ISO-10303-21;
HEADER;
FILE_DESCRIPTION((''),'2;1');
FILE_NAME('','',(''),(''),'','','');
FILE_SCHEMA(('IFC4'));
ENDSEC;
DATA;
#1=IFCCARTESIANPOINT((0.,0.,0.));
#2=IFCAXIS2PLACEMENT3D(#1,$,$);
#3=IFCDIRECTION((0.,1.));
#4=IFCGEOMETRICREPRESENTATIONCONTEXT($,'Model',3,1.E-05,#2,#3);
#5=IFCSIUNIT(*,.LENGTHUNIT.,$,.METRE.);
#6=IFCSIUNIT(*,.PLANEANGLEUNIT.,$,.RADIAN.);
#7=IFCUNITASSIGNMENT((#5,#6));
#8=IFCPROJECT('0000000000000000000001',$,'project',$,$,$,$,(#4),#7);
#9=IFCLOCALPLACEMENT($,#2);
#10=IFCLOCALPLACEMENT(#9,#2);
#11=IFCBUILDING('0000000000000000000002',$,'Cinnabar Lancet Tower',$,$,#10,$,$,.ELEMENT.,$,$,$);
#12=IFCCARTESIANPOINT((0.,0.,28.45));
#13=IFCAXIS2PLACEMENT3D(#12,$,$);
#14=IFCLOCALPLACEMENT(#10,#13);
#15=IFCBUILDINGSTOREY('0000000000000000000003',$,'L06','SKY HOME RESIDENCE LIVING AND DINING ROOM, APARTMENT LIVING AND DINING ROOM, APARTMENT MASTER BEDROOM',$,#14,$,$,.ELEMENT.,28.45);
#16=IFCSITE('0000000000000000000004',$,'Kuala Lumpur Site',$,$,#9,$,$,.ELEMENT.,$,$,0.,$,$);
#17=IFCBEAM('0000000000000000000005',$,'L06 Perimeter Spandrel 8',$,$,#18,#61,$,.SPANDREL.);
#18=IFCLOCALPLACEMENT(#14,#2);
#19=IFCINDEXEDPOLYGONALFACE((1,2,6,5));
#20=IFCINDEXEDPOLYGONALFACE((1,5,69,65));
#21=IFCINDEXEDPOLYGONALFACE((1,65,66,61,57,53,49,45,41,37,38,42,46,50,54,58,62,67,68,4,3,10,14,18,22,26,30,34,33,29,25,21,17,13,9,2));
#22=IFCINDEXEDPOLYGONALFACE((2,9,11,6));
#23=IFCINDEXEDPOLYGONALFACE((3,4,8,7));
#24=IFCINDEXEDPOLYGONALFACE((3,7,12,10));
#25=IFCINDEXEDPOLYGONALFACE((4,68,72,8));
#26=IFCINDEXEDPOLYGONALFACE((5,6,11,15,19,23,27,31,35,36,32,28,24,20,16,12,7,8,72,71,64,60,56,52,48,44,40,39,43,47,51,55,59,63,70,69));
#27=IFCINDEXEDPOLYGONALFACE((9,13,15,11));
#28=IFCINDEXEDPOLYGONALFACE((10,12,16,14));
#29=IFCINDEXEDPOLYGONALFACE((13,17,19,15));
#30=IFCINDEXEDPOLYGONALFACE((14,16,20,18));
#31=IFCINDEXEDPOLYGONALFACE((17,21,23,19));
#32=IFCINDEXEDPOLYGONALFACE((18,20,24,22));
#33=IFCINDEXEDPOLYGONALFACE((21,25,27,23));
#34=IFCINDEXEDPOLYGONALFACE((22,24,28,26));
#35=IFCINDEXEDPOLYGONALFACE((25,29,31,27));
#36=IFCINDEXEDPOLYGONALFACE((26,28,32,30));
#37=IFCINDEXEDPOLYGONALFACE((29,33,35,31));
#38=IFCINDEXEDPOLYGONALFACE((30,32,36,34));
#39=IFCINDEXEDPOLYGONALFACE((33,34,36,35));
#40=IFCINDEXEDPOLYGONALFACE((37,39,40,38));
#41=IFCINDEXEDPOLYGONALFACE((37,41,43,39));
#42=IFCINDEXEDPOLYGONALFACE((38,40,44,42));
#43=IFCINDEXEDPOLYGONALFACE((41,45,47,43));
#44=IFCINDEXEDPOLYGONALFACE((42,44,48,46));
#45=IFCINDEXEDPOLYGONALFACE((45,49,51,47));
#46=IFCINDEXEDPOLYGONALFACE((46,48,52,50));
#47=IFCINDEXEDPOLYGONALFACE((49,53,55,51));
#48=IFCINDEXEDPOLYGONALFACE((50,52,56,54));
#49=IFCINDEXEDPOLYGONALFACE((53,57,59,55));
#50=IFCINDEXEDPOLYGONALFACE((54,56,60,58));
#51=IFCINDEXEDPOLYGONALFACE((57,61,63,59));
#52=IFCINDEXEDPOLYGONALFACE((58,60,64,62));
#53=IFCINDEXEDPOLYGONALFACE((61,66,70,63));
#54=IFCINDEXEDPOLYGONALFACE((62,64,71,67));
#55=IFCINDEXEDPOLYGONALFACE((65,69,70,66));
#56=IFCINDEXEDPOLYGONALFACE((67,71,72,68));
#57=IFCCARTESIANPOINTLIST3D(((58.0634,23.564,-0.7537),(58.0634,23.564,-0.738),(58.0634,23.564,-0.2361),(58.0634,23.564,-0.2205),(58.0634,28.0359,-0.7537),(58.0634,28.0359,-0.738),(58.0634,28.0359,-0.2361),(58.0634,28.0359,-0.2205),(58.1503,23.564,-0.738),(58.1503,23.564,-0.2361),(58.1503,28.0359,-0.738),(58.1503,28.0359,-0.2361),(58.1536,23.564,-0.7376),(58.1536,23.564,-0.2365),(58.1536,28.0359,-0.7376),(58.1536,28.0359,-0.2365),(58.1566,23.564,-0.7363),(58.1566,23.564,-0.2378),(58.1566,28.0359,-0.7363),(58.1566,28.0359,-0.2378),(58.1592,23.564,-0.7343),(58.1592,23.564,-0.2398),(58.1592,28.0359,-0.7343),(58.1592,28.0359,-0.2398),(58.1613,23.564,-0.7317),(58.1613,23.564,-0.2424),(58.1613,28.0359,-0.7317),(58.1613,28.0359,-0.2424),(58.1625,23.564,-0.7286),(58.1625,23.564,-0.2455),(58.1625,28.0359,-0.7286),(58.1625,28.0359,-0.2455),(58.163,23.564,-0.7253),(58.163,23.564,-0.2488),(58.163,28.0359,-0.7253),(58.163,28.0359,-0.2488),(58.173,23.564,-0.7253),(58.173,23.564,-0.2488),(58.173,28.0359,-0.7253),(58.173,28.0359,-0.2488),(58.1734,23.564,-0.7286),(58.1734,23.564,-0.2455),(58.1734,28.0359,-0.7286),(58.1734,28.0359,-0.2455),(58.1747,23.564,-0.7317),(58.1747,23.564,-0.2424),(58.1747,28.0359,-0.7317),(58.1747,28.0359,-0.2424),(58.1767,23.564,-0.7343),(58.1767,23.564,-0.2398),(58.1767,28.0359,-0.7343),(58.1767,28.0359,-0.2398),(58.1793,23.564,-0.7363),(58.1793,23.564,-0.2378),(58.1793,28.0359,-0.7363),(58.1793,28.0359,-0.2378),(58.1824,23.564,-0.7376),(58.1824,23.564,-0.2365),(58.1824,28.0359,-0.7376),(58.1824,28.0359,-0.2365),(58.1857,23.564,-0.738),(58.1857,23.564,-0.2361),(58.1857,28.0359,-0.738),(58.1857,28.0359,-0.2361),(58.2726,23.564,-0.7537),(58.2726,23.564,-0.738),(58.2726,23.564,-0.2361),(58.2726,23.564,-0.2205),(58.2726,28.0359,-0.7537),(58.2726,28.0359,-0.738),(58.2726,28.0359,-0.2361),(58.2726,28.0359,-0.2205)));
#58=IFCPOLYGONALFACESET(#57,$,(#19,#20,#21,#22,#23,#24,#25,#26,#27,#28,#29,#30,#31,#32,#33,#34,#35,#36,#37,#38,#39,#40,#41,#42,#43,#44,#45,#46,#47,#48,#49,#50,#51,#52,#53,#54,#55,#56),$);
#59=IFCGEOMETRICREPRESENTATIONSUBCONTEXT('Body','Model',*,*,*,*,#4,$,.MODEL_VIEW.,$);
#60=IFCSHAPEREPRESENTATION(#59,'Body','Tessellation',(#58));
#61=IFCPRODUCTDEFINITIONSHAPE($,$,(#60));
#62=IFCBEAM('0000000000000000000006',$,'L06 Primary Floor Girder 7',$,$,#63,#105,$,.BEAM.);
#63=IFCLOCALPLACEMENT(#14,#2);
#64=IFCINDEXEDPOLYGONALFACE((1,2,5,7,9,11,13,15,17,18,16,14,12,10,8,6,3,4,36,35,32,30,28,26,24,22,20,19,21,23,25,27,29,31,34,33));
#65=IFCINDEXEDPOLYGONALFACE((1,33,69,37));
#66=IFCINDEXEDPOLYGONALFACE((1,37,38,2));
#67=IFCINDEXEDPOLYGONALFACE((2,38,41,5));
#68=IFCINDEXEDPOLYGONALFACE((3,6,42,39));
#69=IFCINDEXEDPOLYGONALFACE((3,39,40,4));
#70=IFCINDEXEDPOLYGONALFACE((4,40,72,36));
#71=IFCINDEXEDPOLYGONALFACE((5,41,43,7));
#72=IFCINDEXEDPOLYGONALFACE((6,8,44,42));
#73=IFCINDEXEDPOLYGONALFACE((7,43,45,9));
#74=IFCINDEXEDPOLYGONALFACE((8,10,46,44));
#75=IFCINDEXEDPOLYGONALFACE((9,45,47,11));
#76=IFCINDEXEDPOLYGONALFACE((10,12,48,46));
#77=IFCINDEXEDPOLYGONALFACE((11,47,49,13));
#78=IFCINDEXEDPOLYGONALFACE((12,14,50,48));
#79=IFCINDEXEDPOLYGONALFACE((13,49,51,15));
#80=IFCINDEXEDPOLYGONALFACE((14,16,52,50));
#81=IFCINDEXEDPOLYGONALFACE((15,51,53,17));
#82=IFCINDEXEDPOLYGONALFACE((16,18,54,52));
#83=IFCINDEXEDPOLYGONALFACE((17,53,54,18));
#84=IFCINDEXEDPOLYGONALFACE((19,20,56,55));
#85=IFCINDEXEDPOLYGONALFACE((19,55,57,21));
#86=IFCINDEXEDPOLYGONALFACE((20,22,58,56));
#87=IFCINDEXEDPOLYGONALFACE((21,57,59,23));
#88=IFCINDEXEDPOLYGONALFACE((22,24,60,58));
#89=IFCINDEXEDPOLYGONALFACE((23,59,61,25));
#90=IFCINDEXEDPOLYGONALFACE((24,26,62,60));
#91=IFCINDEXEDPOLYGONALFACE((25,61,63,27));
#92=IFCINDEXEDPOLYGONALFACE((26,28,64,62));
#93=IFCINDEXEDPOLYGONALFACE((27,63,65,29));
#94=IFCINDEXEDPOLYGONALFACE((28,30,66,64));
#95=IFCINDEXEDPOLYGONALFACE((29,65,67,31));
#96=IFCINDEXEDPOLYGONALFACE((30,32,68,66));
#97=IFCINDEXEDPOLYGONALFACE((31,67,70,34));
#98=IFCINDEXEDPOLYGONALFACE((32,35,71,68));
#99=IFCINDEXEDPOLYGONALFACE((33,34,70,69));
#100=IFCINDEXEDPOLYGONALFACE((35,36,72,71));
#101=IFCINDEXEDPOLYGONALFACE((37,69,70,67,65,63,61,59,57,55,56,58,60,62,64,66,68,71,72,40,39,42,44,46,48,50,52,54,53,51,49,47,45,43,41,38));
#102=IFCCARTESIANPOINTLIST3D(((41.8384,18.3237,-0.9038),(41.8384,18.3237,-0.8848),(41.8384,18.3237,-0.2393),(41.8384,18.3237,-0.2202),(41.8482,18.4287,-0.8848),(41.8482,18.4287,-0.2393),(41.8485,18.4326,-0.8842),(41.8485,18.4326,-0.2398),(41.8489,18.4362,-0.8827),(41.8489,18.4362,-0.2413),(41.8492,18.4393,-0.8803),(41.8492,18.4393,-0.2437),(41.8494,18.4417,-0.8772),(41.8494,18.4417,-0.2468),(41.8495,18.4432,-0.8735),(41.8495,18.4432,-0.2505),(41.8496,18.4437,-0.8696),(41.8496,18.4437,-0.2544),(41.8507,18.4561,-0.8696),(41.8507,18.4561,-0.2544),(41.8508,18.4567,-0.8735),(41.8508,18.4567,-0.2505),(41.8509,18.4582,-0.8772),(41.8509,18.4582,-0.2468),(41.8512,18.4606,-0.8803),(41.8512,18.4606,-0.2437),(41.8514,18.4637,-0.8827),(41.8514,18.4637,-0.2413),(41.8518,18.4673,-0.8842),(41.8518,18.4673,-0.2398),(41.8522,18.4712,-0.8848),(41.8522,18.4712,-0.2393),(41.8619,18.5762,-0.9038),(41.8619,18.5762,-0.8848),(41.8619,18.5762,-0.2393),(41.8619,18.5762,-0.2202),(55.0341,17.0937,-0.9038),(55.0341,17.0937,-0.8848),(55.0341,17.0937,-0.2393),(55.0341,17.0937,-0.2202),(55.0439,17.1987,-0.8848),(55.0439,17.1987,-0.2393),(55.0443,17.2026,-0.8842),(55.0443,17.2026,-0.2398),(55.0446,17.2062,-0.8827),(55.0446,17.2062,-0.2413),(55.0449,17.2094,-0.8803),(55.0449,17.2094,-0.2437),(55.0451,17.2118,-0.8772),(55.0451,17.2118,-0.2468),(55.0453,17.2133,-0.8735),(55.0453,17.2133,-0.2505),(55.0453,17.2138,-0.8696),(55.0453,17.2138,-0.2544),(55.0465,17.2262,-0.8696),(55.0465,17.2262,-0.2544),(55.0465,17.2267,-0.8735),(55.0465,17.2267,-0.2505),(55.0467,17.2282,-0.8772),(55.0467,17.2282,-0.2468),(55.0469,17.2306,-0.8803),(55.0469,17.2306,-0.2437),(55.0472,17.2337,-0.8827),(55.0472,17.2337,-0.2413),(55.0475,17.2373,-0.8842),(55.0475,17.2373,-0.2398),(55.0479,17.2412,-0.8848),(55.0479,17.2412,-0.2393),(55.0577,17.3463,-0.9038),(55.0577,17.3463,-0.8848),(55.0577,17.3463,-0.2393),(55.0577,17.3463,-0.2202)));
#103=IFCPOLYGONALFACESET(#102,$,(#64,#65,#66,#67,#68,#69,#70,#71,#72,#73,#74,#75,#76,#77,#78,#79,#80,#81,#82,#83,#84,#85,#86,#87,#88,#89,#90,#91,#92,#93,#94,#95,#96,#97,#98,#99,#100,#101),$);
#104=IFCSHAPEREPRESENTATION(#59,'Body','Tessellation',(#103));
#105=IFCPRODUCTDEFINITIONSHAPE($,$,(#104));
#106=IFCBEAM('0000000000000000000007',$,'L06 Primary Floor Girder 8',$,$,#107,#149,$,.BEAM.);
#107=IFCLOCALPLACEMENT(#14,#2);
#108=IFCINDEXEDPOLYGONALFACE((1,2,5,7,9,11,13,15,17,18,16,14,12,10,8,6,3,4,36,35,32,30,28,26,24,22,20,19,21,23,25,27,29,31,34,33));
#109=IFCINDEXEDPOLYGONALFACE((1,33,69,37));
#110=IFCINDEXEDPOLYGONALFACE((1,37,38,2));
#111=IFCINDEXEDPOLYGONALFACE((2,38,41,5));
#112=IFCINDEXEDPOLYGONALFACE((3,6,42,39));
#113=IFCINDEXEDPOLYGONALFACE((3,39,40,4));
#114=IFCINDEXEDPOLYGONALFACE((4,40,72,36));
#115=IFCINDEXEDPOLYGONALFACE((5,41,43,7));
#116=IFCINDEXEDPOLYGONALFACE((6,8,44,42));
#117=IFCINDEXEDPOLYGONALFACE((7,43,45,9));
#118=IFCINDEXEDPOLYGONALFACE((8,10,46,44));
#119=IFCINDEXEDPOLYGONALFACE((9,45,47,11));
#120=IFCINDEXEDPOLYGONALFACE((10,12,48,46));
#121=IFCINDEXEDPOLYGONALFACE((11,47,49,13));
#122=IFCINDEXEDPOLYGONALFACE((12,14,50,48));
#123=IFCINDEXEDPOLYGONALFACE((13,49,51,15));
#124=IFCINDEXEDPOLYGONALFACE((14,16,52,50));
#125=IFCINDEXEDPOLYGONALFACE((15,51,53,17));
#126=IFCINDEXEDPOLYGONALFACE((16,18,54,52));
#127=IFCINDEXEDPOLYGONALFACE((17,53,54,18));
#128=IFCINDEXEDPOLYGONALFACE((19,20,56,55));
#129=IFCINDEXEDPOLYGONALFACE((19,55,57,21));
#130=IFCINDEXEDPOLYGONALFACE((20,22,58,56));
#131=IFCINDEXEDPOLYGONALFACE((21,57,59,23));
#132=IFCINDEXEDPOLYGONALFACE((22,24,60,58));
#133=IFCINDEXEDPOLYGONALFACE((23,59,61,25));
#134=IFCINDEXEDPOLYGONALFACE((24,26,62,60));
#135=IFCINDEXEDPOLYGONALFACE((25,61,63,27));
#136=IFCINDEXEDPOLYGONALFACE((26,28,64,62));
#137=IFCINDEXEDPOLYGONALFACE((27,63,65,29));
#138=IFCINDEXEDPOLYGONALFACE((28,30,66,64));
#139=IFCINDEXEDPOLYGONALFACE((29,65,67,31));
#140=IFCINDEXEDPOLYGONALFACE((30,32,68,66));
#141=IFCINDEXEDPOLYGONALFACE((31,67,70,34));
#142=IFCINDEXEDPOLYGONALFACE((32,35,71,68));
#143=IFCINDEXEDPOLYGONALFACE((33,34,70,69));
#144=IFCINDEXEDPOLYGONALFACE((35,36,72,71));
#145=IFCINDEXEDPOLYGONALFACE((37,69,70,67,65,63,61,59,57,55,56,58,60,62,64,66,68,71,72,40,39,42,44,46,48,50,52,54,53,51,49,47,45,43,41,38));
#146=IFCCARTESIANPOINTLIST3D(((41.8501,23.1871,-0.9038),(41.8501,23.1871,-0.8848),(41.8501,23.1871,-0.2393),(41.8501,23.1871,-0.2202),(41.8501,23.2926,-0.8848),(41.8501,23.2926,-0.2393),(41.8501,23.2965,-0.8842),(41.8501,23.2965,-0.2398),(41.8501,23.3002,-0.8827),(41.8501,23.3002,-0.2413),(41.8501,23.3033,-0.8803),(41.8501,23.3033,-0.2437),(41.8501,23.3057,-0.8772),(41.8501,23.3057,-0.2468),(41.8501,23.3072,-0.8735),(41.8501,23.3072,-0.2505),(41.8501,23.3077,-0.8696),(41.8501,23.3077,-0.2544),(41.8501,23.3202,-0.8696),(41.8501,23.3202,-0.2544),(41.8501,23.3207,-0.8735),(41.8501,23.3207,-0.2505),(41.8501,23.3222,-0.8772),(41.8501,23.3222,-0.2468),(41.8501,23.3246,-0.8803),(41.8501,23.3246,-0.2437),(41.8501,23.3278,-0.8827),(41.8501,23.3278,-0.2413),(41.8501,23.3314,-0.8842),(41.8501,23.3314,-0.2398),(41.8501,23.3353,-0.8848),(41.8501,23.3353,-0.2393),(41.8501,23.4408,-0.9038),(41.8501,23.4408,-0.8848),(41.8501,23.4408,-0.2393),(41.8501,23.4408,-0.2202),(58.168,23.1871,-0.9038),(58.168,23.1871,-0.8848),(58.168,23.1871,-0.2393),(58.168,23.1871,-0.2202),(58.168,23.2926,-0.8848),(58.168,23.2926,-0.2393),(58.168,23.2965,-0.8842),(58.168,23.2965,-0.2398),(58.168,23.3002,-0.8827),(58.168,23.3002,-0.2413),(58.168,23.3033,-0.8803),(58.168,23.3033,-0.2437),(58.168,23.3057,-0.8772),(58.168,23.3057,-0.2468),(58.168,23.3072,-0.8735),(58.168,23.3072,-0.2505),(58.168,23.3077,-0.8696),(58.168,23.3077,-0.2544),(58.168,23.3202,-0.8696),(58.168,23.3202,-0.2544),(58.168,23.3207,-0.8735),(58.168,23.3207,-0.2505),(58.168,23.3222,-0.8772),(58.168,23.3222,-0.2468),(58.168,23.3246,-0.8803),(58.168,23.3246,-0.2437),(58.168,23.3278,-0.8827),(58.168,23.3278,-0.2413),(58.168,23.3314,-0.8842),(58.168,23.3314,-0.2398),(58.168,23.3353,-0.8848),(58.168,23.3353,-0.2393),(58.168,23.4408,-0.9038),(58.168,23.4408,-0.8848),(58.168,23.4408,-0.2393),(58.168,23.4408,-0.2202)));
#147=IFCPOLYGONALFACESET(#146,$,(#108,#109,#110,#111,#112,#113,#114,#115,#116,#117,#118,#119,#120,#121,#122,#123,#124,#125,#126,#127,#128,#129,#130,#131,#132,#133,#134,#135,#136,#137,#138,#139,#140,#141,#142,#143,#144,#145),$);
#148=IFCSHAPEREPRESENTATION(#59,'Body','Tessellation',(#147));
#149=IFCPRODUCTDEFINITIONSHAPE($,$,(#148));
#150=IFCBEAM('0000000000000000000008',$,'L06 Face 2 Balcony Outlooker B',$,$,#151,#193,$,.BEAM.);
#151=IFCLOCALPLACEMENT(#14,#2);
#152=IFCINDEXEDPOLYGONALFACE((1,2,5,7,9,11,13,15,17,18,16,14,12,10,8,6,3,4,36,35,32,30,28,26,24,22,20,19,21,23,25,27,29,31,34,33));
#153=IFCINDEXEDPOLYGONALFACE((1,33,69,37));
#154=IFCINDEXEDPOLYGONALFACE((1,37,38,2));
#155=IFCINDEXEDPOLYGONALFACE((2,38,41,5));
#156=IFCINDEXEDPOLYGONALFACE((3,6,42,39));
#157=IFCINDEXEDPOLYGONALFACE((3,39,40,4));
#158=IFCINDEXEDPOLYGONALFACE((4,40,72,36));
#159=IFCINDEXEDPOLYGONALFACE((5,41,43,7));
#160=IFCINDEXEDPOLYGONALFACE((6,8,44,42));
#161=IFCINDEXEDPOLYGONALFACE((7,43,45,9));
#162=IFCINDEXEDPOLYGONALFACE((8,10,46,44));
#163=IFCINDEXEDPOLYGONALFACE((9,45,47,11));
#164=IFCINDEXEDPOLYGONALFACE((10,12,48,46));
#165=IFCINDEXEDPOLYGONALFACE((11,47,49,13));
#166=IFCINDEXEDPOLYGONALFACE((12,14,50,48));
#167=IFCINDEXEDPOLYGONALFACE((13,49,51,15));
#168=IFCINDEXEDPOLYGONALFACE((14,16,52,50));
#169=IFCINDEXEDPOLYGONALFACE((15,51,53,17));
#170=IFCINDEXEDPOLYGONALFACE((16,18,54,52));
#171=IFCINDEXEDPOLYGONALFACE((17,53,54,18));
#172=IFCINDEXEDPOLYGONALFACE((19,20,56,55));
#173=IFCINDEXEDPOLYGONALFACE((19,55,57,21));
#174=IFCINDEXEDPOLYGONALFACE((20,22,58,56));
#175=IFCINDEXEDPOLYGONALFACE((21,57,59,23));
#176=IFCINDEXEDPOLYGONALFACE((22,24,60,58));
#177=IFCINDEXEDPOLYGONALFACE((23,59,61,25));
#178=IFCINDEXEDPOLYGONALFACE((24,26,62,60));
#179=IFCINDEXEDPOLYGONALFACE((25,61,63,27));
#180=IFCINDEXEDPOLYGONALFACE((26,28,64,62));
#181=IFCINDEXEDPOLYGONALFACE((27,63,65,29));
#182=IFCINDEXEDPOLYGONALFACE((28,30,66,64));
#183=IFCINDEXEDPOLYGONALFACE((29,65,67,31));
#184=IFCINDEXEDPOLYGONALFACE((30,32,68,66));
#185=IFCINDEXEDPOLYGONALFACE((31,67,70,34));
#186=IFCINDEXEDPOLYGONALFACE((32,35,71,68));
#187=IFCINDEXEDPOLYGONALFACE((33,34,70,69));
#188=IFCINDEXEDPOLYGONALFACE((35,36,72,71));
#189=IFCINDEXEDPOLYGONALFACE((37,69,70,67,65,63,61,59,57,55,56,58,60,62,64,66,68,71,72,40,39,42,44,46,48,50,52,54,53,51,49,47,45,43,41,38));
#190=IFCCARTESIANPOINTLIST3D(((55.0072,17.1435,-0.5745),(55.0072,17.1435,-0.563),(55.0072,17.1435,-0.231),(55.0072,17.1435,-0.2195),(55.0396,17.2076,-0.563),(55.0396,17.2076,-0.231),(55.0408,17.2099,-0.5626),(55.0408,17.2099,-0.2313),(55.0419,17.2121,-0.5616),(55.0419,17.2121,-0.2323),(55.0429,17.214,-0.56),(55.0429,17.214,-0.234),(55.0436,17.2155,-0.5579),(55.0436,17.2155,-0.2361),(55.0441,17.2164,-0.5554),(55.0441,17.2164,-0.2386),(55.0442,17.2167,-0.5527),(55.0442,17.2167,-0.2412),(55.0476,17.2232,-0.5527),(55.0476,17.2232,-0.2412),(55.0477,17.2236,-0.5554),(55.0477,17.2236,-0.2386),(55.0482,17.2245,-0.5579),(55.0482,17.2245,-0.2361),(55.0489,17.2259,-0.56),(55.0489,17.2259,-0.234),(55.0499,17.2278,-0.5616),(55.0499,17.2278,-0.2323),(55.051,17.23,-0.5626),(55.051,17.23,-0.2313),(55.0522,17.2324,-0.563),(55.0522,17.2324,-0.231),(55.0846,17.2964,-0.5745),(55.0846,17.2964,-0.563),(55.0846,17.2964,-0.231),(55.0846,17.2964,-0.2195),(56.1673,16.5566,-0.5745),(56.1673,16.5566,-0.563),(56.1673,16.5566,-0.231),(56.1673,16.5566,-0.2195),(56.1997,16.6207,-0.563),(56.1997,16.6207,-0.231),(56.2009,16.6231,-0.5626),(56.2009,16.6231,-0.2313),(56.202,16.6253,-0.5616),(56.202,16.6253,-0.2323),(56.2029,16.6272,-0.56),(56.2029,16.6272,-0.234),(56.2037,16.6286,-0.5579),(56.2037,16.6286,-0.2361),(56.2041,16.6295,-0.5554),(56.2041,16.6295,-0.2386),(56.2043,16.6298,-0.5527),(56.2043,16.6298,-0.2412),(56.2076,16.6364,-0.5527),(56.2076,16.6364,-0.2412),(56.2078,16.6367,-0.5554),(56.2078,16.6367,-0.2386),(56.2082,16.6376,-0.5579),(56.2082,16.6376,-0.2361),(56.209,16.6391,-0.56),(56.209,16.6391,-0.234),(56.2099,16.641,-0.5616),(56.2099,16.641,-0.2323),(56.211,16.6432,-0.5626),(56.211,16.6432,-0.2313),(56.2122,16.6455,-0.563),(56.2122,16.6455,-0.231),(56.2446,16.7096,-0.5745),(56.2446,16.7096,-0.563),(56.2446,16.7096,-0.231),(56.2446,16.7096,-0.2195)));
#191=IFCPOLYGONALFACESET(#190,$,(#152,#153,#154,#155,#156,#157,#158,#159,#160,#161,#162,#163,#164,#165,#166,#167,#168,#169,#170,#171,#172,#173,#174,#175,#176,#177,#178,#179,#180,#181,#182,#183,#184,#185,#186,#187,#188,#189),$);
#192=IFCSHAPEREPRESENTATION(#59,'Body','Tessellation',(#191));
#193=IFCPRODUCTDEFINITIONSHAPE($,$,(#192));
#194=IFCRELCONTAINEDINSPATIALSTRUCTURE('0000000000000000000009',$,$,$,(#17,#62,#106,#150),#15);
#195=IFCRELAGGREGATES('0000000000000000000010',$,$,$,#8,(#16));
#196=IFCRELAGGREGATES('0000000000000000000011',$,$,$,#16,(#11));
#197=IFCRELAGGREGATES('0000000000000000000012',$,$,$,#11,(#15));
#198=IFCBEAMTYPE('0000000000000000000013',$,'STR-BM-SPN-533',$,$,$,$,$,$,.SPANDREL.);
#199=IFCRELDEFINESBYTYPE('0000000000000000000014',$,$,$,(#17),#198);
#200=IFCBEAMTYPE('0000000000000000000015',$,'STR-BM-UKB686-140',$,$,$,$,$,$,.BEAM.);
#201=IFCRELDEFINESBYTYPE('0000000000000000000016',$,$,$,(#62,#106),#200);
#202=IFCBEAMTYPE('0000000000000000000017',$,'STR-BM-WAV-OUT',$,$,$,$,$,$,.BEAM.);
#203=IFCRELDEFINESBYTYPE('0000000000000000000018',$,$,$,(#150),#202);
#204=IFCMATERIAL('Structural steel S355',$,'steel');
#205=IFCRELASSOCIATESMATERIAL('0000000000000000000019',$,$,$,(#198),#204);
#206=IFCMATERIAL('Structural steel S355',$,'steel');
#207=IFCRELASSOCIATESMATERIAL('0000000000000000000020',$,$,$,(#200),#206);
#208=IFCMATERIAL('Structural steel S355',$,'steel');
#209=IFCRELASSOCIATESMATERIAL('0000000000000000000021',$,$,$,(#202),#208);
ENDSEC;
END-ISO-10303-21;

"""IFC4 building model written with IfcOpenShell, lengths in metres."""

from ifc_helpers import new_model, si_unit, direction, frame, origin, origin_2d, place, context, subcontext, project, spatial, i_section, extrude, material, material_profile, profile_set, type_object, element, save


model = new_model("IFC4")

# Units and contexts
model_context = context("Model", 3, precision=1e-05, world=origin(), true_north=direction((0.0, 1.0)))
body_context = subcontext(model_context, "Body", "Model", "MODEL_VIEW")
ifc_project = project(units=[si_unit("LENGTHUNIT", "METRE"), si_unit("PLANEANGLEUNIT", "RADIAN")], contexts=[model_context])

# Site, building, storey
site_placement = place(None, origin())
site = spatial("IfcSite", under=ifc_project, at=site_placement, Name="Kuala Lumpur Site", CompositionType="ELEMENT", RefElevation=0.0)
building_placement = place(site_placement, origin())
building = spatial("IfcBuilding", under=site, at=building_placement, Name="Cinnabar Lancet Tower", CompositionType="ELEMENT")
storey_placement = place(building_placement, frame((0.0, 0.0, 28.45)))
storey = spatial("IfcBuildingStorey", under=building, at=storey_placement, Name="L06", Description="SKY HOME RESIDENCE LIVING AND DINING ROOM, APARTMENT LIVING AND DINING ROOM, APARTMENT MASTER BEDROOM", CompositionType="ELEMENT", Elevation=28.45)

# Beams
ifc_material_1 = material(Name="Structural steel S355", Category="steel")
ifc_material_profile_1 = material_profile(ifc_material_1, i_section(OverallWidth=0.2092, OverallDepth=0.5332, WebThickness=0.01, FlangeThickness=0.0156, FilletRadius=0.0127, at=origin_2d()), Name="UKB 533x210x92")
ifc_profile_set_1 = profile_set([ifc_material_profile_1], Name="Structural steel S355")
beam_type_1 = type_object("IfcBeamType", Name="STR-BM-SPN-533", PredefinedType="SPANDREL", material=ifc_profile_set_1)
beam_1_placement = place(storey_placement, frame((58.168, 23.564, -0.4871), z_axis=(0.0, 1.0, 0.0), x_axis=(-1.0, 0.0, 0.0)))
element("IfcBeam", 1, at=beam_1_placement, inside=storey, type_object=beam_type_1, Name="L06 Perimeter Spandrel 8", PredefinedType="SPANDREL", context=body_context, shape_type="SweptSolid", body=[
    extrude(i_section(OverallWidth=0.2092, OverallDepth=0.5332, WebThickness=0.01, FlangeThickness=0.0156, FilletRadius=0.0127, at=origin_2d()), origin(), (0.0, 0.0, 1.0), 4.4719),
])
ifc_material_2 = material(Name="Structural steel S355", Category="steel")
ifc_material_profile_2 = material_profile(ifc_material_2, i_section(OverallWidth=0.2537, OverallDepth=0.6836, WebThickness=0.0125, FlangeThickness=0.019, FilletRadius=0.0151, at=origin_2d()), Name="UKB 686x254x140")
ifc_profile_set_2 = profile_set([ifc_material_profile_2], Name="Structural steel S355")
beam_type_2 = type_object("IfcBeamType", Name="STR-BM-UKB686-140", PredefinedType="BEAM", material=ifc_profile_set_2)
beam_2_placement = place(storey_placement, frame((55.0459, 17.22, -0.562), z_axis=(-0.995684, 0.092808, 0.0), x_axis=(-0.092808, -0.995684, 0.0)))
element("IfcBeam", 2, at=beam_2_placement, inside=storey, type_object=beam_type_2, Name="L06 Primary Floor Girder 7", PredefinedType="BEAM", context=body_context, shape_type="SweptSolid", body=[
    extrude(i_section(OverallWidth=0.2537, OverallDepth=0.6836, WebThickness=0.0125, FlangeThickness=0.019, FilletRadius=0.0151, at=origin_2d()), origin(), (0.0, 0.0, 1.0), 13.2529),
])
beam_3_placement = place(storey_placement, frame((58.168, 23.314, -0.562), z_axis=(-1.0, 0.0, 0.0), x_axis=(0.0, -1.0, 0.0)))
element("IfcBeam", 3, at=beam_3_placement, inside=storey, type_object=beam_type_2, Name="L06 Primary Floor Girder 8", PredefinedType="BEAM", context=body_context, shape_type="SweptSolid", body=[
    extrude(i_section(OverallWidth=0.2537, OverallDepth=0.6836, WebThickness=0.0125, FlangeThickness=0.019, FilletRadius=0.0151, at=origin_2d()), origin(), (0.0, 0.0, 1.0), 16.3179),
])
ifc_material_3 = material(Name="Structural steel S355", Category="steel")
ifc_material_profile_3 = material_profile(ifc_material_3, i_section(OverallWidth=0.1714, OverallDepth=0.355, WebThickness=0.0073, FlangeThickness=0.0115, FilletRadius=0.0103, at=origin_2d()), Name="UKB 356x171x51")
ifc_profile_set_3 = profile_set([ifc_material_profile_3], Name="Structural steel S355")
beam_type_3 = type_object("IfcBeamType", Name="STR-BM-WAV-OUT", PredefinedType="BEAM", material=ifc_profile_set_3)
beam_4_placement = place(storey_placement, frame((55.0459, 17.22, -0.397), z_axis=(0.892314, -0.451415, 0.0), x_axis=(0.451415, 0.892314, 0.0)))
element("IfcBeam", 4, at=beam_4_placement, inside=storey, type_object=beam_type_3, Name="L06 Face 2 Balcony Outlooker B", PredefinedType="BEAM", context=body_context, shape_type="SweptSolid", body=[
    extrude(i_section(OverallWidth=0.1714, OverallDepth=0.355, WebThickness=0.0073, FlangeThickness=0.0115, FilletRadius=0.0103, at=origin_2d()), origin(), (0.0, 0.0, 1.0), 1.3),
])

save(model, "model.ifc")
